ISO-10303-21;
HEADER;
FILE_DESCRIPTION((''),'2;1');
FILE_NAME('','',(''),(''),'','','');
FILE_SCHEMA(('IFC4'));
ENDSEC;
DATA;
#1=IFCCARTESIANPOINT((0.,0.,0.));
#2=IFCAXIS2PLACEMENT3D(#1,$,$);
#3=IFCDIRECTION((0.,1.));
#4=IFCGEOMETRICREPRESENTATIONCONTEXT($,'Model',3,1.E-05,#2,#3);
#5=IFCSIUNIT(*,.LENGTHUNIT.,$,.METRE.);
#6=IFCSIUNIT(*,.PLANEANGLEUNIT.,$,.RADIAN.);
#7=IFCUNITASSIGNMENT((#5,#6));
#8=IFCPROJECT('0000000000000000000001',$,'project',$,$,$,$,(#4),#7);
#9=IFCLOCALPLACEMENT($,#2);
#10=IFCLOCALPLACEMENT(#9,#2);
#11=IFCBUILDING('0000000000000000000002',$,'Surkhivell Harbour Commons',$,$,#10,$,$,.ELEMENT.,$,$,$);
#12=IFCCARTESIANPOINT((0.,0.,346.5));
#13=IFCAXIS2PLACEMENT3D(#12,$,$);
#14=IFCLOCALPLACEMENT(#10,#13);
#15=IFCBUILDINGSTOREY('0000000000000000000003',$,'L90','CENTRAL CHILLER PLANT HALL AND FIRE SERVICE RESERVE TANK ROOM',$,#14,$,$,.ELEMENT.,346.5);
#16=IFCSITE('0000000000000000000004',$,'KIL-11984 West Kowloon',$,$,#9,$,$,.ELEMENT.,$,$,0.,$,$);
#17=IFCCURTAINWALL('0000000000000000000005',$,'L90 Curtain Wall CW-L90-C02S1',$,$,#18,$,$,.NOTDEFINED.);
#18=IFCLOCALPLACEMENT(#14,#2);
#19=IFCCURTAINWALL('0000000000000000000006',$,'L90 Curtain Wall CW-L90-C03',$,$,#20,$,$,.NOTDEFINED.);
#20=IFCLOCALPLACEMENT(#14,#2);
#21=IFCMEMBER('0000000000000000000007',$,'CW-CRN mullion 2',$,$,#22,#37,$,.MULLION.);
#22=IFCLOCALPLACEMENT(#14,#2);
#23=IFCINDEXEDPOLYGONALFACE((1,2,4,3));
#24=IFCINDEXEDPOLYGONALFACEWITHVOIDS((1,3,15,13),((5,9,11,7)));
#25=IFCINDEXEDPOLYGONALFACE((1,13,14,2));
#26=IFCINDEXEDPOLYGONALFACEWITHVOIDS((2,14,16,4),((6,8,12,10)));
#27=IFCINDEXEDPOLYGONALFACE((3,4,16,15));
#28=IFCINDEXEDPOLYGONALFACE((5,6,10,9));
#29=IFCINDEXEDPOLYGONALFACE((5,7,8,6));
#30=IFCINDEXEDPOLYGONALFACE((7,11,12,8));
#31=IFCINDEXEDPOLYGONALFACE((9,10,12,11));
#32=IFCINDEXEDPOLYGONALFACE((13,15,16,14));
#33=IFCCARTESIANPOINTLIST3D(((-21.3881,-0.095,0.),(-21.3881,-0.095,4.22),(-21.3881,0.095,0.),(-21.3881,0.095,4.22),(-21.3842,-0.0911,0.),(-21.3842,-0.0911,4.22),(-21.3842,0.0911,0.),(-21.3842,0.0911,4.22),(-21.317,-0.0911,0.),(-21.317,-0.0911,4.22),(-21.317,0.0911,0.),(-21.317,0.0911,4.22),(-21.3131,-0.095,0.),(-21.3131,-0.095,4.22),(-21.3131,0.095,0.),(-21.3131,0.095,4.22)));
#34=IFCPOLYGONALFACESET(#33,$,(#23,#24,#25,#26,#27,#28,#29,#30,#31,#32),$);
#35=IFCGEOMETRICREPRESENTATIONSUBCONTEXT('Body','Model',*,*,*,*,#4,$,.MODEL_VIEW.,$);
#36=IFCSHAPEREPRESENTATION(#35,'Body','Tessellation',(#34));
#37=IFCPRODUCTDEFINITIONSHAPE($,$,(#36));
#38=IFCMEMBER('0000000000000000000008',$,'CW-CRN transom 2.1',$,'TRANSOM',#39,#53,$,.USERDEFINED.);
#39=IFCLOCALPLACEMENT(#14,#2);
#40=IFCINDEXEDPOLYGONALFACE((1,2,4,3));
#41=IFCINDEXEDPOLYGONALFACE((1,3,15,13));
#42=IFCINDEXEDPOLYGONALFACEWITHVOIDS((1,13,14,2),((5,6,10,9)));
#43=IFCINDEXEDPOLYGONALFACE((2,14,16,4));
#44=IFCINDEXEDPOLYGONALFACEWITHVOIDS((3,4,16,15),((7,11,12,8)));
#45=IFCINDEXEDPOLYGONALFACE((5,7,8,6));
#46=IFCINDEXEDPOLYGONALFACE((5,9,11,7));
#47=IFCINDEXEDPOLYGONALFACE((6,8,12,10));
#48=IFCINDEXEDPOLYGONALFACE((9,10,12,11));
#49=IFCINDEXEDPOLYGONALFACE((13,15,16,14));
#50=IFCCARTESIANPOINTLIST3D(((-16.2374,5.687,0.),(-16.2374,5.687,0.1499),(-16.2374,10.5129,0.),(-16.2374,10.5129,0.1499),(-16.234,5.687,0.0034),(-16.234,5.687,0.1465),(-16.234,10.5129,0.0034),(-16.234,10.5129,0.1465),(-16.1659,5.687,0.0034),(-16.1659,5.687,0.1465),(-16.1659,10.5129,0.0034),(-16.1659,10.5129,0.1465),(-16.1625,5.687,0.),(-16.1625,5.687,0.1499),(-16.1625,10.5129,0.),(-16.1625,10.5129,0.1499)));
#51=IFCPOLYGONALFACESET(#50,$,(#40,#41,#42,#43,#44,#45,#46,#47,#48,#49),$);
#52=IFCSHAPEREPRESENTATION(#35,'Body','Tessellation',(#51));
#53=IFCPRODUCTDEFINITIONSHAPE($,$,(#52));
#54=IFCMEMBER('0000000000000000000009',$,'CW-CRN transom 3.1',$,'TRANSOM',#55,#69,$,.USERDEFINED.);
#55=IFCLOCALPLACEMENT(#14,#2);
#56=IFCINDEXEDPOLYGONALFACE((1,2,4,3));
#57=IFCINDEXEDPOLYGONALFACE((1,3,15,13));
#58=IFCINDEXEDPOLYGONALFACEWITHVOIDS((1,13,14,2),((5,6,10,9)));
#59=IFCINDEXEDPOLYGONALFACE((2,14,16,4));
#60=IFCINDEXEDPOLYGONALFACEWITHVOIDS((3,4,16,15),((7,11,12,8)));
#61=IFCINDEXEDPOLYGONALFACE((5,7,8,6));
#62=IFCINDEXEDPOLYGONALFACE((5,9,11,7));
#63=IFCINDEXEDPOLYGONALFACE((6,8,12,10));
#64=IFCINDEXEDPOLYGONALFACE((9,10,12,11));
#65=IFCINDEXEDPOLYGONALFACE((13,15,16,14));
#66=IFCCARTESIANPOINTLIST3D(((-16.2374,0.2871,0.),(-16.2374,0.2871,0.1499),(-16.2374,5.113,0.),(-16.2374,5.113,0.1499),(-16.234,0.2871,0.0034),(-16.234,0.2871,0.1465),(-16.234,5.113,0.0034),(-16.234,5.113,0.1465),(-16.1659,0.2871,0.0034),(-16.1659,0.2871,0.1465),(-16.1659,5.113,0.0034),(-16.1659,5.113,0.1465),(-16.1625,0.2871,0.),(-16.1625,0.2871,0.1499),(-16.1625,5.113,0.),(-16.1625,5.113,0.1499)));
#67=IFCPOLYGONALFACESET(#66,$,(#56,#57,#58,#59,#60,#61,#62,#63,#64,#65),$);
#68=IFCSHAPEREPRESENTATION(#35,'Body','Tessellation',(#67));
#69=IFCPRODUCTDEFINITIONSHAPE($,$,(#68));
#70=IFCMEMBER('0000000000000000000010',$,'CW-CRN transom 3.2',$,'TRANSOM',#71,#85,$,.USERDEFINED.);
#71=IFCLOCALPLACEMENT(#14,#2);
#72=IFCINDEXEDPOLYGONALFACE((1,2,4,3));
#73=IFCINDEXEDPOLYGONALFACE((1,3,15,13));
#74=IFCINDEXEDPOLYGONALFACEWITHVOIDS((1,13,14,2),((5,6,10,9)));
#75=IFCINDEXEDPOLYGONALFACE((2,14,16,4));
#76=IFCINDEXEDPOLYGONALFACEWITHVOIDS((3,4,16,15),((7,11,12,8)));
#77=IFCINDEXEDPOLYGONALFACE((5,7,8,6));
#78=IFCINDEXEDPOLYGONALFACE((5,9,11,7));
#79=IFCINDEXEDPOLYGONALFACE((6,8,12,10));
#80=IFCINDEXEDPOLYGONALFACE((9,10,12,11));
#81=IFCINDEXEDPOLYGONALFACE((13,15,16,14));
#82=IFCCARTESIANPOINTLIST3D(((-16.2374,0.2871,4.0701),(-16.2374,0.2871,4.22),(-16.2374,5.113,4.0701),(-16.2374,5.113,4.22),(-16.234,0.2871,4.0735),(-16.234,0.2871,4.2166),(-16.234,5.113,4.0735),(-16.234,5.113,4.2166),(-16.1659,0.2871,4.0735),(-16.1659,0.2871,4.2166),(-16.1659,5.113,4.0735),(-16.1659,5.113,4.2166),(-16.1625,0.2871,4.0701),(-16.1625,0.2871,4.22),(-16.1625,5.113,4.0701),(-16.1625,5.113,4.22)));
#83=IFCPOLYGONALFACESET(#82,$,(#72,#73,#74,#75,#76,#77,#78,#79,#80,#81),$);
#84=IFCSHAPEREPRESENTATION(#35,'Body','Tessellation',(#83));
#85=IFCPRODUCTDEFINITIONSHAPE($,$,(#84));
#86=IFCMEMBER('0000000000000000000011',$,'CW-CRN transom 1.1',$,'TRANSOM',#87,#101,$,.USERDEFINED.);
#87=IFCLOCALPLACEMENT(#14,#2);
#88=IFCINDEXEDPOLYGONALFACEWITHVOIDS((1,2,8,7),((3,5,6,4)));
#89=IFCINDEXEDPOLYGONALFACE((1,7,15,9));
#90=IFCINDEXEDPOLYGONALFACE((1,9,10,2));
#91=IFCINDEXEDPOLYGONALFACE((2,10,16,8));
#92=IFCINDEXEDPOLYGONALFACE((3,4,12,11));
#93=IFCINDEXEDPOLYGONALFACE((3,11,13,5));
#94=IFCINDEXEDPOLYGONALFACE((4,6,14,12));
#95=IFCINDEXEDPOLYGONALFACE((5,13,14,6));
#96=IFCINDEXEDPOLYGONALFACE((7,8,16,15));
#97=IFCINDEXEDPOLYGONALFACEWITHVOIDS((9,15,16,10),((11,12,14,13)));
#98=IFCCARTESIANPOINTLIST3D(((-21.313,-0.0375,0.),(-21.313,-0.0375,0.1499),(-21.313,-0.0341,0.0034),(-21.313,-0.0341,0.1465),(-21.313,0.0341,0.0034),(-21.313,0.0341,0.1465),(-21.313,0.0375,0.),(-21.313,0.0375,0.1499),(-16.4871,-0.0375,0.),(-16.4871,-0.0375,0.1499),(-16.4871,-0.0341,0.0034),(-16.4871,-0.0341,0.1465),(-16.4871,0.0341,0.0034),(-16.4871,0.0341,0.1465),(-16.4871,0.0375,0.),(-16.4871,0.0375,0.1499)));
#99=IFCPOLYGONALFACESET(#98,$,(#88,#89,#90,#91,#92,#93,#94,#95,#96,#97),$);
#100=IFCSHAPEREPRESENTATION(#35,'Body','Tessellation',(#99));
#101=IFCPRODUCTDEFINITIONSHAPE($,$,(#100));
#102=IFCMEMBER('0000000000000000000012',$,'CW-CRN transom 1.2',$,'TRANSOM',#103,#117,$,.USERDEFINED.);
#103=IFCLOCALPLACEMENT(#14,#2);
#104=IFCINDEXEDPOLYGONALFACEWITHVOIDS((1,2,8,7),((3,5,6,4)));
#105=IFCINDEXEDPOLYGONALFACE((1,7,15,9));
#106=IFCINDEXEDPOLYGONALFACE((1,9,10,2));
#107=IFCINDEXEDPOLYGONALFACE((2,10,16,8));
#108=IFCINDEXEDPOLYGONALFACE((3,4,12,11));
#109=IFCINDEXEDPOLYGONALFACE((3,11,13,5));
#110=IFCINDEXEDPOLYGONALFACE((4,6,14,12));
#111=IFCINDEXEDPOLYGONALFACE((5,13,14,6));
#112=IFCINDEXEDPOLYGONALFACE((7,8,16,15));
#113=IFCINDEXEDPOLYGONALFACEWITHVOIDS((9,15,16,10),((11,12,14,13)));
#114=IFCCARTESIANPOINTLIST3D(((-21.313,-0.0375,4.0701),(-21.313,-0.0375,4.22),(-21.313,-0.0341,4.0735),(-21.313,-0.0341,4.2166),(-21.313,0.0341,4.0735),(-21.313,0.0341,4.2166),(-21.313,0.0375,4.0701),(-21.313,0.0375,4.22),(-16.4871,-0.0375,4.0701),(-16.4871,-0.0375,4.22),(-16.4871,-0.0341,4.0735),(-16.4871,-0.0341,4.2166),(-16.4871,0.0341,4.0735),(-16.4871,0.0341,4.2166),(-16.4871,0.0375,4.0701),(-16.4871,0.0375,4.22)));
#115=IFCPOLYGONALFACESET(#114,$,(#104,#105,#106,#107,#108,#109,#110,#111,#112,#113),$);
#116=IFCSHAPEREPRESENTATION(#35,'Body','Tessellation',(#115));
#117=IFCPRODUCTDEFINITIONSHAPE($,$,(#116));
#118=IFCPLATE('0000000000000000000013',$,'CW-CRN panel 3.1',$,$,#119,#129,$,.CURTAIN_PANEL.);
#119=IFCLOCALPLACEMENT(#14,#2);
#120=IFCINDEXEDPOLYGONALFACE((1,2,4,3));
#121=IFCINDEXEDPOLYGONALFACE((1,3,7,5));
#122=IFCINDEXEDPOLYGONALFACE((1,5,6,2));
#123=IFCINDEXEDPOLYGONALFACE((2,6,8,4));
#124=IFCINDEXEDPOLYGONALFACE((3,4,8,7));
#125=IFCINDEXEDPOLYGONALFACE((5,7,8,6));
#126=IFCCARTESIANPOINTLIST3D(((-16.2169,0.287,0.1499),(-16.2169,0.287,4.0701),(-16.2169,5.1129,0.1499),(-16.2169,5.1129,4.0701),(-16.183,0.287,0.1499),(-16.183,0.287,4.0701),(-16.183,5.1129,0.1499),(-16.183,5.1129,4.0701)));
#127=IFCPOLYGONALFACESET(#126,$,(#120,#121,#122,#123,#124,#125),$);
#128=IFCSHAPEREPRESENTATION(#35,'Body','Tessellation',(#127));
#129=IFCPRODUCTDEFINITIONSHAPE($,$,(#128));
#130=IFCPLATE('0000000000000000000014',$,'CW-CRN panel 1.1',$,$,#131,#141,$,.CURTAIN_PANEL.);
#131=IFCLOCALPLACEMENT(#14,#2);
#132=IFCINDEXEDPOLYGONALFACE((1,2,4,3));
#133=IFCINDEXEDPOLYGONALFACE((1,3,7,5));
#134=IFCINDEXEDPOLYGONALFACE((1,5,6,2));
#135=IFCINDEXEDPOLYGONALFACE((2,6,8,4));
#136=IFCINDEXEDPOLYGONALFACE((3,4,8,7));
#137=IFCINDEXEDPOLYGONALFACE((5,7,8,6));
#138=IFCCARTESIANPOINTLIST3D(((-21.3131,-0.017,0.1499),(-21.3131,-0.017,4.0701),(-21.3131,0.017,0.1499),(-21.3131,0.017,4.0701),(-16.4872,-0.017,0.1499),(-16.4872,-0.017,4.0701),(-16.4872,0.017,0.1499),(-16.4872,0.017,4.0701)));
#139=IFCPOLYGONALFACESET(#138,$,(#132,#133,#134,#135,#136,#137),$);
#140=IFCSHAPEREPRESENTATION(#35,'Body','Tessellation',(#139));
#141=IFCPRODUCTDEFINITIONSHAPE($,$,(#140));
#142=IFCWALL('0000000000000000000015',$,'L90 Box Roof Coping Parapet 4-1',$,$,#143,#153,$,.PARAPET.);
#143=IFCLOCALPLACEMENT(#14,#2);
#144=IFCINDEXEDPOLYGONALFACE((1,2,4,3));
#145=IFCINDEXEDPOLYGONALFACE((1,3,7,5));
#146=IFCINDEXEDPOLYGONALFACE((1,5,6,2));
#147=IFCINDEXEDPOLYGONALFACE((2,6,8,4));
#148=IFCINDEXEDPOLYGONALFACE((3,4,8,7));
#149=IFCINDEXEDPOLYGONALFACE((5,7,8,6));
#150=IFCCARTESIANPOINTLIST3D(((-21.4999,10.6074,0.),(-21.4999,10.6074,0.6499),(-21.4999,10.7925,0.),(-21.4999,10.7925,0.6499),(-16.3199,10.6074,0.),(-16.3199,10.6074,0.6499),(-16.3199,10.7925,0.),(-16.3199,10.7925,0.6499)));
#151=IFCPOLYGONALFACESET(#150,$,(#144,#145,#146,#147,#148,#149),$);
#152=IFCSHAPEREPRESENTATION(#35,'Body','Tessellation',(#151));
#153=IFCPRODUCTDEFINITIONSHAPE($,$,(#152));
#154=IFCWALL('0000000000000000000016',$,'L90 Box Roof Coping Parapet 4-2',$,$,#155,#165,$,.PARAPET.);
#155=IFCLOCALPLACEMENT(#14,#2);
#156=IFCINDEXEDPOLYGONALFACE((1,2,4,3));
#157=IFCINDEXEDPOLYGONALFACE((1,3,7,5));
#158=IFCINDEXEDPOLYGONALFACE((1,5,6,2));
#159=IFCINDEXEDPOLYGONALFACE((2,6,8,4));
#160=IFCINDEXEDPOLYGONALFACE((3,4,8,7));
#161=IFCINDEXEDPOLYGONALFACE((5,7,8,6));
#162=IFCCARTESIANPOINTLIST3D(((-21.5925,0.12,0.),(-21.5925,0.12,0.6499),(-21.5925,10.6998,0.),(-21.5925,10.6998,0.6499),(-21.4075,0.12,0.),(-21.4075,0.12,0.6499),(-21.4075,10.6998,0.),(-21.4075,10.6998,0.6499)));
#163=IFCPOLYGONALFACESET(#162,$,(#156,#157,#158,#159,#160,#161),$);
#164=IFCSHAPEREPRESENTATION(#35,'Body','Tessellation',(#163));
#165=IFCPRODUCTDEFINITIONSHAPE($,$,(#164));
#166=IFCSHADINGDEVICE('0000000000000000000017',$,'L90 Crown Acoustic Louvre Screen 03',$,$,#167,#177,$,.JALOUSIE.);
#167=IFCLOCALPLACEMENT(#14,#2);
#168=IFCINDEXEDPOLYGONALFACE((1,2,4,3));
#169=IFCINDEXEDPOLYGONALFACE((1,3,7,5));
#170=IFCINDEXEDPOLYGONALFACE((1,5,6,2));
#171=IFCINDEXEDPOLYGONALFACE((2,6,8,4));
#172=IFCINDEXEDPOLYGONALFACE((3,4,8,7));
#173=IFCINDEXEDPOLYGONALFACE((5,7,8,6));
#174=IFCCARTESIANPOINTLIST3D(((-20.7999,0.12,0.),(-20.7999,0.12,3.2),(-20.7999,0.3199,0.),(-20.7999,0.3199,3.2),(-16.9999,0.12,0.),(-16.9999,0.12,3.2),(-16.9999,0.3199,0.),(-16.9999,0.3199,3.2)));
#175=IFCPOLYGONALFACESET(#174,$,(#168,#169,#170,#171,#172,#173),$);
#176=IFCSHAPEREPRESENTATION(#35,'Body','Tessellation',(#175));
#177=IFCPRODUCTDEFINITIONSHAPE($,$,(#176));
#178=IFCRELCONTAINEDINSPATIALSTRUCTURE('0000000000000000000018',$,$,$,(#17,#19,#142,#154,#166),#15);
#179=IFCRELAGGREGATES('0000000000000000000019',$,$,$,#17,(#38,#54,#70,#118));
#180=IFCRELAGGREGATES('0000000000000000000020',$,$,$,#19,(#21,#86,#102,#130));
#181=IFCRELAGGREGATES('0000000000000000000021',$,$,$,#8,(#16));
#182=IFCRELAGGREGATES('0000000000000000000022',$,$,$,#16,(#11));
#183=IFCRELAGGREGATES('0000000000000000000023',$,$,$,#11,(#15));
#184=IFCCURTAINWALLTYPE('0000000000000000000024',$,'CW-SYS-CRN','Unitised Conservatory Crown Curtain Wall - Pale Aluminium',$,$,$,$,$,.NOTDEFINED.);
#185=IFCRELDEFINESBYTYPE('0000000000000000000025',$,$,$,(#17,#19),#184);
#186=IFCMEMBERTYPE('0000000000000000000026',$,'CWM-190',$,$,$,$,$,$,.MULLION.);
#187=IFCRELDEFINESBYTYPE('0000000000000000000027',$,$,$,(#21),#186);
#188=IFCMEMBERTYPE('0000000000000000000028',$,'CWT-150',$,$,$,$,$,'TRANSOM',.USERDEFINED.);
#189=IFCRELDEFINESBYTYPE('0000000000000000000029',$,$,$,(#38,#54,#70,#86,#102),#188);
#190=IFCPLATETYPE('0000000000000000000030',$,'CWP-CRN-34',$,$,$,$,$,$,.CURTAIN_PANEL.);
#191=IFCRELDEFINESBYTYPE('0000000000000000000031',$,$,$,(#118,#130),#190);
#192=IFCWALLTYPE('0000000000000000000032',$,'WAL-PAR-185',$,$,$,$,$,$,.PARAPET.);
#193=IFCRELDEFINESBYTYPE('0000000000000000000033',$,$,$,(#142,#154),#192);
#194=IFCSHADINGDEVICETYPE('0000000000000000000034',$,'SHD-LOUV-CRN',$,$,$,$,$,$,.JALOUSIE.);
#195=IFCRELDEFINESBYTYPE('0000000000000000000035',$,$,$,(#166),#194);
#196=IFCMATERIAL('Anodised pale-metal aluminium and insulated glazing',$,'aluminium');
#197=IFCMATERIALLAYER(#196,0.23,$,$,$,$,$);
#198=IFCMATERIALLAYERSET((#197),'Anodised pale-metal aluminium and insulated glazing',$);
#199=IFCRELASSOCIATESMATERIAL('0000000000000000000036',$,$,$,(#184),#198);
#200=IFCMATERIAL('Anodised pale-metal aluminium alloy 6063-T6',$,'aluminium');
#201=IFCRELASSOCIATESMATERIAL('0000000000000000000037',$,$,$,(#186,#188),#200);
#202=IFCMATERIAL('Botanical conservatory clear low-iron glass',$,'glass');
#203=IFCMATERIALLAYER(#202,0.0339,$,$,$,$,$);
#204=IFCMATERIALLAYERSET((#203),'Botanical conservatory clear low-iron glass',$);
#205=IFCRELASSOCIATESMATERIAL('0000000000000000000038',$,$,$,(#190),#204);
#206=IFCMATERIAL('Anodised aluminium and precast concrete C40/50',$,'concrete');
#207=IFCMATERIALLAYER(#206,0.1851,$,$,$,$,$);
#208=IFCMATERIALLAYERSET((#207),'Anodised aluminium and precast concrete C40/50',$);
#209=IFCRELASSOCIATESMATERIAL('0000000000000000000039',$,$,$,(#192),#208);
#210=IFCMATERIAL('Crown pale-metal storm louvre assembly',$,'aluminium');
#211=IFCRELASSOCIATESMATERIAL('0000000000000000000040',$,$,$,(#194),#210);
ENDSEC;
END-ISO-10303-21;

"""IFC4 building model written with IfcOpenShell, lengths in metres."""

from ifc_helpers import new_model, si_unit, direction, frame, frame_2d, origin, origin_2d, place, context, subcontext, project, spatial, rectangle, hollow_rectangle, extrude, material, layer, layer_set, material_profile, profile_set, type_object, element, aggregate, save


model = new_model("IFC4")

# Units and contexts
model_context = context("Model", 3, precision=1e-05, world=origin(), true_north=direction((0.0, 1.0)))
body_context = subcontext(model_context, "Body", "Model", "MODEL_VIEW")
ifc_project = project(units=[si_unit("LENGTHUNIT", "METRE"), si_unit("PLANEANGLEUNIT", "RADIAN")], contexts=[model_context])

# Site, building, storey
site_placement = place(None, origin())
site = spatial("IfcSite", under=ifc_project, at=site_placement, Name="KIL-11984 West Kowloon", CompositionType="ELEMENT", RefElevation=0.0)
building_placement = place(site_placement, origin())
building = spatial("IfcBuilding", under=site, at=building_placement, Name="Surkhivell Harbour Commons", CompositionType="ELEMENT")
storey_placement = place(building_placement, frame((0.0, 0.0, 346.5)))
storey = spatial("IfcBuildingStorey", under=building, at=storey_placement, Name="L90", Description="CENTRAL CHILLER PLANT HALL AND FIRE SERVICE RESERVE TANK ROOM", CompositionType="ELEMENT", Elevation=346.5)

# Curtain walls, member
ifc_material_1 = material(Name="Anodised pale-metal aluminium and insulated glazing", Category="aluminium")
ifc_layer_1 = layer(ifc_material_1, 0.23)
ifc_layer_set_1 = layer_set([ifc_layer_1], Name="Anodised pale-metal aluminium and insulated glazing")
curtain_wall_type = type_object("IfcCurtainWallType", Name="CW-SYS-CRN", Description="Unitised Conservatory Crown Curtain Wall - Pale Aluminium", PredefinedType="NOTDEFINED", material=ifc_layer_set_1)
curtain_wall_1_placement = place(storey_placement, origin())
curtain_wall_1 = element("IfcCurtainWall", 1, at=curtain_wall_1_placement, inside=storey, type_object=curtain_wall_type, Name="L90 Curtain Wall CW-L90-C02S1", PredefinedType="NOTDEFINED")
ifc_material_2 = material(Name="Anodised pale-metal aluminium alloy 6063-T6", Category="aluminium")
ifc_material_profile_1 = material_profile(ifc_material_2, hollow_rectangle(XDim=0.075, YDim=0.1899, WallThickness=0.0039, at=origin_2d()), Name="ALU-MULL-75x190")
ifc_profile_set_1 = profile_set([ifc_material_profile_1], Name="Anodised pale-metal aluminium alloy 6063-T6")
member_type_1 = type_object("IfcMemberType", Name="CWM-190", PredefinedType="MULLION", material=ifc_profile_set_1)
curtain_wall_2_placement = place(storey_placement, origin())
curtain_wall_2 = element("IfcCurtainWall", 2, at=curtain_wall_2_placement, inside=storey, type_object=curtain_wall_type, Name="L90 Curtain Wall CW-L90-C03", PredefinedType="NOTDEFINED")
member_1_placement = place(storey_placement, frame((-21.3506, 0.0, 0.0), z_axis=(0.0, 0.0, 1.0), x_axis=(-1.0, 0.0, 0.0)))
member_1 = element("IfcMember", 3, at=member_1_placement, type_object=member_type_1, Name="CW-CRN mullion 2", PredefinedType="MULLION", context=body_context, shape_type="SweptSolid", body=[
    extrude(hollow_rectangle(XDim=0.075, YDim=0.1899, WallThickness=0.0039, at=origin_2d()), origin(), (0.0, 0.0, 1.0), 4.22),
])

# Members
ifc_material_profile_2 = material_profile(ifc_material_2, hollow_rectangle(XDim=0.075, YDim=0.1499, WallThickness=0.0034, at=origin_2d()), Name="ALU-TRAN-75x150")
ifc_profile_set_2 = profile_set([ifc_material_profile_2], Name="Anodised pale-metal aluminium alloy 6063-T6")
member_type_2 = type_object("IfcMemberType", Name="CWT-150", ElementType="TRANSOM", PredefinedType="USERDEFINED", material=ifc_profile_set_2)
member_2_placement = place(storey_placement, frame((-16.2, 10.5129, 0.075), z_axis=(0.0, -1.0, 0.0), x_axis=(1.0, 0.0, 0.0)))
member_2 = element("IfcMember", 4, at=member_2_placement, type_object=member_type_2, Name="CW-CRN transom 2.1", ObjectType="TRANSOM", PredefinedType="USERDEFINED", context=body_context, shape_type="SweptSolid", body=[
    extrude(hollow_rectangle(XDim=0.075, YDim=0.1499, WallThickness=0.0034, at=origin_2d()), origin(), (0.0, 0.0, 1.0), 4.8259),
])
member_3_placement = place(storey_placement, frame((-16.2, 5.113, 0.075), z_axis=(0.0, -1.0, 0.0), x_axis=(1.0, 0.0, 0.0)))
member_3 = element("IfcMember", 5, at=member_3_placement, type_object=member_type_2, Name="CW-CRN transom 3.1", ObjectType="TRANSOM", PredefinedType="USERDEFINED", context=body_context, shape_type="SweptSolid", body=[
    extrude(hollow_rectangle(XDim=0.075, YDim=0.1499, WallThickness=0.0034, at=origin_2d()), origin(), (0.0, 0.0, 1.0), 4.8259),
])
member_4_placement = place(storey_placement, frame((-16.2, 5.113, 4.145), z_axis=(0.0, -1.0, 0.0), x_axis=(1.0, 0.0, 0.0)))
member_4 = element("IfcMember", 6, at=member_4_placement, type_object=member_type_2, Name="CW-CRN transom 3.2", ObjectType="TRANSOM", PredefinedType="USERDEFINED", context=body_context, shape_type="SweptSolid", body=[
    extrude(hollow_rectangle(XDim=0.075, YDim=0.1499, WallThickness=0.0034, at=origin_2d()), origin(), (0.0, 0.0, 1.0), 4.8259),
])
member_5_placement = place(storey_placement, frame((-16.4871, 0.0, 0.075), z_axis=(-1.0, 0.0, 0.0), x_axis=(0.0, -1.0, 0.0)))
member_5 = element("IfcMember", 7, at=member_5_placement, type_object=member_type_2, Name="CW-CRN transom 1.1", ObjectType="TRANSOM", PredefinedType="USERDEFINED", context=body_context, shape_type="SweptSolid", body=[
    extrude(hollow_rectangle(XDim=0.075, YDim=0.1499, WallThickness=0.0034, at=origin_2d()), origin(), (0.0, 0.0, 1.0), 4.8259),
])
member_6_placement = place(storey_placement, frame((-16.4871, 0.0, 4.145), z_axis=(-1.0, 0.0, 0.0), x_axis=(0.0, -1.0, 0.0)))
member_6 = element("IfcMember", 8, at=member_6_placement, type_object=member_type_2, Name="CW-CRN transom 1.2", ObjectType="TRANSOM", PredefinedType="USERDEFINED", context=body_context, shape_type="SweptSolid", body=[
    extrude(hollow_rectangle(XDim=0.075, YDim=0.1499, WallThickness=0.0034, at=origin_2d()), origin(), (0.0, 0.0, 1.0), 4.8259),
])

# Plates
ifc_material_3 = material(Name="Botanical conservatory clear low-iron glass", Category="glass")
ifc_layer_2 = layer(ifc_material_3, 0.0339)
ifc_layer_set_2 = layer_set([ifc_layer_2], Name="Botanical conservatory clear low-iron glass")
plate_type = type_object("IfcPlateType", Name="CWP-CRN-34", PredefinedType="CURTAIN_PANEL", material=ifc_layer_set_2)
plate_1_placement = place(storey_placement, frame((-16.2, 5.113, 0.1499), z_axis=(0.0, 0.0, 1.0), x_axis=(0.0, -1.0, 0.0)))
plate_1 = element("IfcPlate", 9, at=plate_1_placement, type_object=plate_type, Name="CW-CRN panel 3.1", PredefinedType="CURTAIN_PANEL", context=body_context, shape_type="SweptSolid", body=[
    extrude(rectangle(XDim=4.8259, YDim=0.0339, at=frame_2d((2.4131, 0.0))), origin(), (0.0, 0.0, 1.0), 3.9202),
])
aggregate(curtain_wall_1, [member_2, member_3, member_4, plate_1])
plate_2_placement = place(storey_placement, frame((-16.4871, 0.0, 0.1499), z_axis=(0.0, 0.0, 1.0), x_axis=(-1.0, 0.0, 0.0)))
plate_2 = element("IfcPlate", 10, at=plate_2_placement, type_object=plate_type, Name="CW-CRN panel 1.1", PredefinedType="CURTAIN_PANEL", context=body_context, shape_type="SweptSolid", body=[
    extrude(rectangle(XDim=4.8259, YDim=0.0339, at=frame_2d((2.4131, 0.0))), origin(), (0.0, 0.0, 1.0), 3.9202),
])
aggregate(curtain_wall_2, [member_1, member_5, member_6, plate_2])

# Walls
ifc_material_4 = material(Name="Anodised aluminium and precast concrete C40/50", Category="concrete")
ifc_layer_3 = layer(ifc_material_4, 0.1851)
ifc_layer_set_3 = layer_set([ifc_layer_3], Name="Anodised aluminium and precast concrete C40/50")
wall_type = type_object("IfcWallType", Name="WAL-PAR-185", PredefinedType="PARAPET", material=ifc_layer_set_3)
wall_1_placement = place(storey_placement, frame((-16.3201, 10.7, 0.0), z_axis=(0.0, 0.0, 1.0), x_axis=(-1.0, 0.0, 0.0)))
element("IfcWall", 11, at=wall_1_placement, inside=storey, type_object=wall_type, Name="L90 Box Roof Coping Parapet 4-1", PredefinedType="PARAPET", context=body_context, shape_type="SweptSolid", body=[
    extrude(rectangle(XDim=5.1799, YDim=0.1851, at=frame_2d((2.5898, 0.0))), origin(), (0.0, 0.0, 1.0), 0.6499),
])
wall_2_placement = place(storey_placement, frame((-21.5, 10.7, 0.0), z_axis=(0.0, 0.0, 1.0), x_axis=(0.0, -1.0, 0.0)))
element("IfcWall", 12, at=wall_2_placement, inside=storey, type_object=wall_type, Name="L90 Box Roof Coping Parapet 4-2", PredefinedType="PARAPET", context=body_context, shape_type="SweptSolid", body=[
    extrude(rectangle(XDim=10.5798, YDim=0.1851, at=frame_2d((5.29, 0.0))), origin(), (0.0, 0.0, 1.0), 0.6499),
])

# Shading device
ifc_material_5 = material(Name="Crown pale-metal storm louvre assembly", Category="aluminium")
shading_device_type = type_object("IfcShadingDeviceType", Name="SHD-LOUV-CRN", PredefinedType="JALOUSIE", material=ifc_material_5)
shading_device_placement = place(storey_placement, frame((-18.8999, 0.22, 0.0), z_axis=(0.0, 0.0, 1.0), x_axis=(1.0, 0.0, 0.0)))
element("IfcShadingDevice", 13, at=shading_device_placement, inside=storey, type_object=shading_device_type, Name="L90 Crown Acoustic Louvre Screen 03", PredefinedType="JALOUSIE", context=body_context, shape_type="SweptSolid", body=[
    extrude(rectangle(XDim=3.8, YDim=0.2, at=origin_2d()), origin(), (0.0, 0.0, 1.0), 3.2),
])

save(model, "model.ifc")
